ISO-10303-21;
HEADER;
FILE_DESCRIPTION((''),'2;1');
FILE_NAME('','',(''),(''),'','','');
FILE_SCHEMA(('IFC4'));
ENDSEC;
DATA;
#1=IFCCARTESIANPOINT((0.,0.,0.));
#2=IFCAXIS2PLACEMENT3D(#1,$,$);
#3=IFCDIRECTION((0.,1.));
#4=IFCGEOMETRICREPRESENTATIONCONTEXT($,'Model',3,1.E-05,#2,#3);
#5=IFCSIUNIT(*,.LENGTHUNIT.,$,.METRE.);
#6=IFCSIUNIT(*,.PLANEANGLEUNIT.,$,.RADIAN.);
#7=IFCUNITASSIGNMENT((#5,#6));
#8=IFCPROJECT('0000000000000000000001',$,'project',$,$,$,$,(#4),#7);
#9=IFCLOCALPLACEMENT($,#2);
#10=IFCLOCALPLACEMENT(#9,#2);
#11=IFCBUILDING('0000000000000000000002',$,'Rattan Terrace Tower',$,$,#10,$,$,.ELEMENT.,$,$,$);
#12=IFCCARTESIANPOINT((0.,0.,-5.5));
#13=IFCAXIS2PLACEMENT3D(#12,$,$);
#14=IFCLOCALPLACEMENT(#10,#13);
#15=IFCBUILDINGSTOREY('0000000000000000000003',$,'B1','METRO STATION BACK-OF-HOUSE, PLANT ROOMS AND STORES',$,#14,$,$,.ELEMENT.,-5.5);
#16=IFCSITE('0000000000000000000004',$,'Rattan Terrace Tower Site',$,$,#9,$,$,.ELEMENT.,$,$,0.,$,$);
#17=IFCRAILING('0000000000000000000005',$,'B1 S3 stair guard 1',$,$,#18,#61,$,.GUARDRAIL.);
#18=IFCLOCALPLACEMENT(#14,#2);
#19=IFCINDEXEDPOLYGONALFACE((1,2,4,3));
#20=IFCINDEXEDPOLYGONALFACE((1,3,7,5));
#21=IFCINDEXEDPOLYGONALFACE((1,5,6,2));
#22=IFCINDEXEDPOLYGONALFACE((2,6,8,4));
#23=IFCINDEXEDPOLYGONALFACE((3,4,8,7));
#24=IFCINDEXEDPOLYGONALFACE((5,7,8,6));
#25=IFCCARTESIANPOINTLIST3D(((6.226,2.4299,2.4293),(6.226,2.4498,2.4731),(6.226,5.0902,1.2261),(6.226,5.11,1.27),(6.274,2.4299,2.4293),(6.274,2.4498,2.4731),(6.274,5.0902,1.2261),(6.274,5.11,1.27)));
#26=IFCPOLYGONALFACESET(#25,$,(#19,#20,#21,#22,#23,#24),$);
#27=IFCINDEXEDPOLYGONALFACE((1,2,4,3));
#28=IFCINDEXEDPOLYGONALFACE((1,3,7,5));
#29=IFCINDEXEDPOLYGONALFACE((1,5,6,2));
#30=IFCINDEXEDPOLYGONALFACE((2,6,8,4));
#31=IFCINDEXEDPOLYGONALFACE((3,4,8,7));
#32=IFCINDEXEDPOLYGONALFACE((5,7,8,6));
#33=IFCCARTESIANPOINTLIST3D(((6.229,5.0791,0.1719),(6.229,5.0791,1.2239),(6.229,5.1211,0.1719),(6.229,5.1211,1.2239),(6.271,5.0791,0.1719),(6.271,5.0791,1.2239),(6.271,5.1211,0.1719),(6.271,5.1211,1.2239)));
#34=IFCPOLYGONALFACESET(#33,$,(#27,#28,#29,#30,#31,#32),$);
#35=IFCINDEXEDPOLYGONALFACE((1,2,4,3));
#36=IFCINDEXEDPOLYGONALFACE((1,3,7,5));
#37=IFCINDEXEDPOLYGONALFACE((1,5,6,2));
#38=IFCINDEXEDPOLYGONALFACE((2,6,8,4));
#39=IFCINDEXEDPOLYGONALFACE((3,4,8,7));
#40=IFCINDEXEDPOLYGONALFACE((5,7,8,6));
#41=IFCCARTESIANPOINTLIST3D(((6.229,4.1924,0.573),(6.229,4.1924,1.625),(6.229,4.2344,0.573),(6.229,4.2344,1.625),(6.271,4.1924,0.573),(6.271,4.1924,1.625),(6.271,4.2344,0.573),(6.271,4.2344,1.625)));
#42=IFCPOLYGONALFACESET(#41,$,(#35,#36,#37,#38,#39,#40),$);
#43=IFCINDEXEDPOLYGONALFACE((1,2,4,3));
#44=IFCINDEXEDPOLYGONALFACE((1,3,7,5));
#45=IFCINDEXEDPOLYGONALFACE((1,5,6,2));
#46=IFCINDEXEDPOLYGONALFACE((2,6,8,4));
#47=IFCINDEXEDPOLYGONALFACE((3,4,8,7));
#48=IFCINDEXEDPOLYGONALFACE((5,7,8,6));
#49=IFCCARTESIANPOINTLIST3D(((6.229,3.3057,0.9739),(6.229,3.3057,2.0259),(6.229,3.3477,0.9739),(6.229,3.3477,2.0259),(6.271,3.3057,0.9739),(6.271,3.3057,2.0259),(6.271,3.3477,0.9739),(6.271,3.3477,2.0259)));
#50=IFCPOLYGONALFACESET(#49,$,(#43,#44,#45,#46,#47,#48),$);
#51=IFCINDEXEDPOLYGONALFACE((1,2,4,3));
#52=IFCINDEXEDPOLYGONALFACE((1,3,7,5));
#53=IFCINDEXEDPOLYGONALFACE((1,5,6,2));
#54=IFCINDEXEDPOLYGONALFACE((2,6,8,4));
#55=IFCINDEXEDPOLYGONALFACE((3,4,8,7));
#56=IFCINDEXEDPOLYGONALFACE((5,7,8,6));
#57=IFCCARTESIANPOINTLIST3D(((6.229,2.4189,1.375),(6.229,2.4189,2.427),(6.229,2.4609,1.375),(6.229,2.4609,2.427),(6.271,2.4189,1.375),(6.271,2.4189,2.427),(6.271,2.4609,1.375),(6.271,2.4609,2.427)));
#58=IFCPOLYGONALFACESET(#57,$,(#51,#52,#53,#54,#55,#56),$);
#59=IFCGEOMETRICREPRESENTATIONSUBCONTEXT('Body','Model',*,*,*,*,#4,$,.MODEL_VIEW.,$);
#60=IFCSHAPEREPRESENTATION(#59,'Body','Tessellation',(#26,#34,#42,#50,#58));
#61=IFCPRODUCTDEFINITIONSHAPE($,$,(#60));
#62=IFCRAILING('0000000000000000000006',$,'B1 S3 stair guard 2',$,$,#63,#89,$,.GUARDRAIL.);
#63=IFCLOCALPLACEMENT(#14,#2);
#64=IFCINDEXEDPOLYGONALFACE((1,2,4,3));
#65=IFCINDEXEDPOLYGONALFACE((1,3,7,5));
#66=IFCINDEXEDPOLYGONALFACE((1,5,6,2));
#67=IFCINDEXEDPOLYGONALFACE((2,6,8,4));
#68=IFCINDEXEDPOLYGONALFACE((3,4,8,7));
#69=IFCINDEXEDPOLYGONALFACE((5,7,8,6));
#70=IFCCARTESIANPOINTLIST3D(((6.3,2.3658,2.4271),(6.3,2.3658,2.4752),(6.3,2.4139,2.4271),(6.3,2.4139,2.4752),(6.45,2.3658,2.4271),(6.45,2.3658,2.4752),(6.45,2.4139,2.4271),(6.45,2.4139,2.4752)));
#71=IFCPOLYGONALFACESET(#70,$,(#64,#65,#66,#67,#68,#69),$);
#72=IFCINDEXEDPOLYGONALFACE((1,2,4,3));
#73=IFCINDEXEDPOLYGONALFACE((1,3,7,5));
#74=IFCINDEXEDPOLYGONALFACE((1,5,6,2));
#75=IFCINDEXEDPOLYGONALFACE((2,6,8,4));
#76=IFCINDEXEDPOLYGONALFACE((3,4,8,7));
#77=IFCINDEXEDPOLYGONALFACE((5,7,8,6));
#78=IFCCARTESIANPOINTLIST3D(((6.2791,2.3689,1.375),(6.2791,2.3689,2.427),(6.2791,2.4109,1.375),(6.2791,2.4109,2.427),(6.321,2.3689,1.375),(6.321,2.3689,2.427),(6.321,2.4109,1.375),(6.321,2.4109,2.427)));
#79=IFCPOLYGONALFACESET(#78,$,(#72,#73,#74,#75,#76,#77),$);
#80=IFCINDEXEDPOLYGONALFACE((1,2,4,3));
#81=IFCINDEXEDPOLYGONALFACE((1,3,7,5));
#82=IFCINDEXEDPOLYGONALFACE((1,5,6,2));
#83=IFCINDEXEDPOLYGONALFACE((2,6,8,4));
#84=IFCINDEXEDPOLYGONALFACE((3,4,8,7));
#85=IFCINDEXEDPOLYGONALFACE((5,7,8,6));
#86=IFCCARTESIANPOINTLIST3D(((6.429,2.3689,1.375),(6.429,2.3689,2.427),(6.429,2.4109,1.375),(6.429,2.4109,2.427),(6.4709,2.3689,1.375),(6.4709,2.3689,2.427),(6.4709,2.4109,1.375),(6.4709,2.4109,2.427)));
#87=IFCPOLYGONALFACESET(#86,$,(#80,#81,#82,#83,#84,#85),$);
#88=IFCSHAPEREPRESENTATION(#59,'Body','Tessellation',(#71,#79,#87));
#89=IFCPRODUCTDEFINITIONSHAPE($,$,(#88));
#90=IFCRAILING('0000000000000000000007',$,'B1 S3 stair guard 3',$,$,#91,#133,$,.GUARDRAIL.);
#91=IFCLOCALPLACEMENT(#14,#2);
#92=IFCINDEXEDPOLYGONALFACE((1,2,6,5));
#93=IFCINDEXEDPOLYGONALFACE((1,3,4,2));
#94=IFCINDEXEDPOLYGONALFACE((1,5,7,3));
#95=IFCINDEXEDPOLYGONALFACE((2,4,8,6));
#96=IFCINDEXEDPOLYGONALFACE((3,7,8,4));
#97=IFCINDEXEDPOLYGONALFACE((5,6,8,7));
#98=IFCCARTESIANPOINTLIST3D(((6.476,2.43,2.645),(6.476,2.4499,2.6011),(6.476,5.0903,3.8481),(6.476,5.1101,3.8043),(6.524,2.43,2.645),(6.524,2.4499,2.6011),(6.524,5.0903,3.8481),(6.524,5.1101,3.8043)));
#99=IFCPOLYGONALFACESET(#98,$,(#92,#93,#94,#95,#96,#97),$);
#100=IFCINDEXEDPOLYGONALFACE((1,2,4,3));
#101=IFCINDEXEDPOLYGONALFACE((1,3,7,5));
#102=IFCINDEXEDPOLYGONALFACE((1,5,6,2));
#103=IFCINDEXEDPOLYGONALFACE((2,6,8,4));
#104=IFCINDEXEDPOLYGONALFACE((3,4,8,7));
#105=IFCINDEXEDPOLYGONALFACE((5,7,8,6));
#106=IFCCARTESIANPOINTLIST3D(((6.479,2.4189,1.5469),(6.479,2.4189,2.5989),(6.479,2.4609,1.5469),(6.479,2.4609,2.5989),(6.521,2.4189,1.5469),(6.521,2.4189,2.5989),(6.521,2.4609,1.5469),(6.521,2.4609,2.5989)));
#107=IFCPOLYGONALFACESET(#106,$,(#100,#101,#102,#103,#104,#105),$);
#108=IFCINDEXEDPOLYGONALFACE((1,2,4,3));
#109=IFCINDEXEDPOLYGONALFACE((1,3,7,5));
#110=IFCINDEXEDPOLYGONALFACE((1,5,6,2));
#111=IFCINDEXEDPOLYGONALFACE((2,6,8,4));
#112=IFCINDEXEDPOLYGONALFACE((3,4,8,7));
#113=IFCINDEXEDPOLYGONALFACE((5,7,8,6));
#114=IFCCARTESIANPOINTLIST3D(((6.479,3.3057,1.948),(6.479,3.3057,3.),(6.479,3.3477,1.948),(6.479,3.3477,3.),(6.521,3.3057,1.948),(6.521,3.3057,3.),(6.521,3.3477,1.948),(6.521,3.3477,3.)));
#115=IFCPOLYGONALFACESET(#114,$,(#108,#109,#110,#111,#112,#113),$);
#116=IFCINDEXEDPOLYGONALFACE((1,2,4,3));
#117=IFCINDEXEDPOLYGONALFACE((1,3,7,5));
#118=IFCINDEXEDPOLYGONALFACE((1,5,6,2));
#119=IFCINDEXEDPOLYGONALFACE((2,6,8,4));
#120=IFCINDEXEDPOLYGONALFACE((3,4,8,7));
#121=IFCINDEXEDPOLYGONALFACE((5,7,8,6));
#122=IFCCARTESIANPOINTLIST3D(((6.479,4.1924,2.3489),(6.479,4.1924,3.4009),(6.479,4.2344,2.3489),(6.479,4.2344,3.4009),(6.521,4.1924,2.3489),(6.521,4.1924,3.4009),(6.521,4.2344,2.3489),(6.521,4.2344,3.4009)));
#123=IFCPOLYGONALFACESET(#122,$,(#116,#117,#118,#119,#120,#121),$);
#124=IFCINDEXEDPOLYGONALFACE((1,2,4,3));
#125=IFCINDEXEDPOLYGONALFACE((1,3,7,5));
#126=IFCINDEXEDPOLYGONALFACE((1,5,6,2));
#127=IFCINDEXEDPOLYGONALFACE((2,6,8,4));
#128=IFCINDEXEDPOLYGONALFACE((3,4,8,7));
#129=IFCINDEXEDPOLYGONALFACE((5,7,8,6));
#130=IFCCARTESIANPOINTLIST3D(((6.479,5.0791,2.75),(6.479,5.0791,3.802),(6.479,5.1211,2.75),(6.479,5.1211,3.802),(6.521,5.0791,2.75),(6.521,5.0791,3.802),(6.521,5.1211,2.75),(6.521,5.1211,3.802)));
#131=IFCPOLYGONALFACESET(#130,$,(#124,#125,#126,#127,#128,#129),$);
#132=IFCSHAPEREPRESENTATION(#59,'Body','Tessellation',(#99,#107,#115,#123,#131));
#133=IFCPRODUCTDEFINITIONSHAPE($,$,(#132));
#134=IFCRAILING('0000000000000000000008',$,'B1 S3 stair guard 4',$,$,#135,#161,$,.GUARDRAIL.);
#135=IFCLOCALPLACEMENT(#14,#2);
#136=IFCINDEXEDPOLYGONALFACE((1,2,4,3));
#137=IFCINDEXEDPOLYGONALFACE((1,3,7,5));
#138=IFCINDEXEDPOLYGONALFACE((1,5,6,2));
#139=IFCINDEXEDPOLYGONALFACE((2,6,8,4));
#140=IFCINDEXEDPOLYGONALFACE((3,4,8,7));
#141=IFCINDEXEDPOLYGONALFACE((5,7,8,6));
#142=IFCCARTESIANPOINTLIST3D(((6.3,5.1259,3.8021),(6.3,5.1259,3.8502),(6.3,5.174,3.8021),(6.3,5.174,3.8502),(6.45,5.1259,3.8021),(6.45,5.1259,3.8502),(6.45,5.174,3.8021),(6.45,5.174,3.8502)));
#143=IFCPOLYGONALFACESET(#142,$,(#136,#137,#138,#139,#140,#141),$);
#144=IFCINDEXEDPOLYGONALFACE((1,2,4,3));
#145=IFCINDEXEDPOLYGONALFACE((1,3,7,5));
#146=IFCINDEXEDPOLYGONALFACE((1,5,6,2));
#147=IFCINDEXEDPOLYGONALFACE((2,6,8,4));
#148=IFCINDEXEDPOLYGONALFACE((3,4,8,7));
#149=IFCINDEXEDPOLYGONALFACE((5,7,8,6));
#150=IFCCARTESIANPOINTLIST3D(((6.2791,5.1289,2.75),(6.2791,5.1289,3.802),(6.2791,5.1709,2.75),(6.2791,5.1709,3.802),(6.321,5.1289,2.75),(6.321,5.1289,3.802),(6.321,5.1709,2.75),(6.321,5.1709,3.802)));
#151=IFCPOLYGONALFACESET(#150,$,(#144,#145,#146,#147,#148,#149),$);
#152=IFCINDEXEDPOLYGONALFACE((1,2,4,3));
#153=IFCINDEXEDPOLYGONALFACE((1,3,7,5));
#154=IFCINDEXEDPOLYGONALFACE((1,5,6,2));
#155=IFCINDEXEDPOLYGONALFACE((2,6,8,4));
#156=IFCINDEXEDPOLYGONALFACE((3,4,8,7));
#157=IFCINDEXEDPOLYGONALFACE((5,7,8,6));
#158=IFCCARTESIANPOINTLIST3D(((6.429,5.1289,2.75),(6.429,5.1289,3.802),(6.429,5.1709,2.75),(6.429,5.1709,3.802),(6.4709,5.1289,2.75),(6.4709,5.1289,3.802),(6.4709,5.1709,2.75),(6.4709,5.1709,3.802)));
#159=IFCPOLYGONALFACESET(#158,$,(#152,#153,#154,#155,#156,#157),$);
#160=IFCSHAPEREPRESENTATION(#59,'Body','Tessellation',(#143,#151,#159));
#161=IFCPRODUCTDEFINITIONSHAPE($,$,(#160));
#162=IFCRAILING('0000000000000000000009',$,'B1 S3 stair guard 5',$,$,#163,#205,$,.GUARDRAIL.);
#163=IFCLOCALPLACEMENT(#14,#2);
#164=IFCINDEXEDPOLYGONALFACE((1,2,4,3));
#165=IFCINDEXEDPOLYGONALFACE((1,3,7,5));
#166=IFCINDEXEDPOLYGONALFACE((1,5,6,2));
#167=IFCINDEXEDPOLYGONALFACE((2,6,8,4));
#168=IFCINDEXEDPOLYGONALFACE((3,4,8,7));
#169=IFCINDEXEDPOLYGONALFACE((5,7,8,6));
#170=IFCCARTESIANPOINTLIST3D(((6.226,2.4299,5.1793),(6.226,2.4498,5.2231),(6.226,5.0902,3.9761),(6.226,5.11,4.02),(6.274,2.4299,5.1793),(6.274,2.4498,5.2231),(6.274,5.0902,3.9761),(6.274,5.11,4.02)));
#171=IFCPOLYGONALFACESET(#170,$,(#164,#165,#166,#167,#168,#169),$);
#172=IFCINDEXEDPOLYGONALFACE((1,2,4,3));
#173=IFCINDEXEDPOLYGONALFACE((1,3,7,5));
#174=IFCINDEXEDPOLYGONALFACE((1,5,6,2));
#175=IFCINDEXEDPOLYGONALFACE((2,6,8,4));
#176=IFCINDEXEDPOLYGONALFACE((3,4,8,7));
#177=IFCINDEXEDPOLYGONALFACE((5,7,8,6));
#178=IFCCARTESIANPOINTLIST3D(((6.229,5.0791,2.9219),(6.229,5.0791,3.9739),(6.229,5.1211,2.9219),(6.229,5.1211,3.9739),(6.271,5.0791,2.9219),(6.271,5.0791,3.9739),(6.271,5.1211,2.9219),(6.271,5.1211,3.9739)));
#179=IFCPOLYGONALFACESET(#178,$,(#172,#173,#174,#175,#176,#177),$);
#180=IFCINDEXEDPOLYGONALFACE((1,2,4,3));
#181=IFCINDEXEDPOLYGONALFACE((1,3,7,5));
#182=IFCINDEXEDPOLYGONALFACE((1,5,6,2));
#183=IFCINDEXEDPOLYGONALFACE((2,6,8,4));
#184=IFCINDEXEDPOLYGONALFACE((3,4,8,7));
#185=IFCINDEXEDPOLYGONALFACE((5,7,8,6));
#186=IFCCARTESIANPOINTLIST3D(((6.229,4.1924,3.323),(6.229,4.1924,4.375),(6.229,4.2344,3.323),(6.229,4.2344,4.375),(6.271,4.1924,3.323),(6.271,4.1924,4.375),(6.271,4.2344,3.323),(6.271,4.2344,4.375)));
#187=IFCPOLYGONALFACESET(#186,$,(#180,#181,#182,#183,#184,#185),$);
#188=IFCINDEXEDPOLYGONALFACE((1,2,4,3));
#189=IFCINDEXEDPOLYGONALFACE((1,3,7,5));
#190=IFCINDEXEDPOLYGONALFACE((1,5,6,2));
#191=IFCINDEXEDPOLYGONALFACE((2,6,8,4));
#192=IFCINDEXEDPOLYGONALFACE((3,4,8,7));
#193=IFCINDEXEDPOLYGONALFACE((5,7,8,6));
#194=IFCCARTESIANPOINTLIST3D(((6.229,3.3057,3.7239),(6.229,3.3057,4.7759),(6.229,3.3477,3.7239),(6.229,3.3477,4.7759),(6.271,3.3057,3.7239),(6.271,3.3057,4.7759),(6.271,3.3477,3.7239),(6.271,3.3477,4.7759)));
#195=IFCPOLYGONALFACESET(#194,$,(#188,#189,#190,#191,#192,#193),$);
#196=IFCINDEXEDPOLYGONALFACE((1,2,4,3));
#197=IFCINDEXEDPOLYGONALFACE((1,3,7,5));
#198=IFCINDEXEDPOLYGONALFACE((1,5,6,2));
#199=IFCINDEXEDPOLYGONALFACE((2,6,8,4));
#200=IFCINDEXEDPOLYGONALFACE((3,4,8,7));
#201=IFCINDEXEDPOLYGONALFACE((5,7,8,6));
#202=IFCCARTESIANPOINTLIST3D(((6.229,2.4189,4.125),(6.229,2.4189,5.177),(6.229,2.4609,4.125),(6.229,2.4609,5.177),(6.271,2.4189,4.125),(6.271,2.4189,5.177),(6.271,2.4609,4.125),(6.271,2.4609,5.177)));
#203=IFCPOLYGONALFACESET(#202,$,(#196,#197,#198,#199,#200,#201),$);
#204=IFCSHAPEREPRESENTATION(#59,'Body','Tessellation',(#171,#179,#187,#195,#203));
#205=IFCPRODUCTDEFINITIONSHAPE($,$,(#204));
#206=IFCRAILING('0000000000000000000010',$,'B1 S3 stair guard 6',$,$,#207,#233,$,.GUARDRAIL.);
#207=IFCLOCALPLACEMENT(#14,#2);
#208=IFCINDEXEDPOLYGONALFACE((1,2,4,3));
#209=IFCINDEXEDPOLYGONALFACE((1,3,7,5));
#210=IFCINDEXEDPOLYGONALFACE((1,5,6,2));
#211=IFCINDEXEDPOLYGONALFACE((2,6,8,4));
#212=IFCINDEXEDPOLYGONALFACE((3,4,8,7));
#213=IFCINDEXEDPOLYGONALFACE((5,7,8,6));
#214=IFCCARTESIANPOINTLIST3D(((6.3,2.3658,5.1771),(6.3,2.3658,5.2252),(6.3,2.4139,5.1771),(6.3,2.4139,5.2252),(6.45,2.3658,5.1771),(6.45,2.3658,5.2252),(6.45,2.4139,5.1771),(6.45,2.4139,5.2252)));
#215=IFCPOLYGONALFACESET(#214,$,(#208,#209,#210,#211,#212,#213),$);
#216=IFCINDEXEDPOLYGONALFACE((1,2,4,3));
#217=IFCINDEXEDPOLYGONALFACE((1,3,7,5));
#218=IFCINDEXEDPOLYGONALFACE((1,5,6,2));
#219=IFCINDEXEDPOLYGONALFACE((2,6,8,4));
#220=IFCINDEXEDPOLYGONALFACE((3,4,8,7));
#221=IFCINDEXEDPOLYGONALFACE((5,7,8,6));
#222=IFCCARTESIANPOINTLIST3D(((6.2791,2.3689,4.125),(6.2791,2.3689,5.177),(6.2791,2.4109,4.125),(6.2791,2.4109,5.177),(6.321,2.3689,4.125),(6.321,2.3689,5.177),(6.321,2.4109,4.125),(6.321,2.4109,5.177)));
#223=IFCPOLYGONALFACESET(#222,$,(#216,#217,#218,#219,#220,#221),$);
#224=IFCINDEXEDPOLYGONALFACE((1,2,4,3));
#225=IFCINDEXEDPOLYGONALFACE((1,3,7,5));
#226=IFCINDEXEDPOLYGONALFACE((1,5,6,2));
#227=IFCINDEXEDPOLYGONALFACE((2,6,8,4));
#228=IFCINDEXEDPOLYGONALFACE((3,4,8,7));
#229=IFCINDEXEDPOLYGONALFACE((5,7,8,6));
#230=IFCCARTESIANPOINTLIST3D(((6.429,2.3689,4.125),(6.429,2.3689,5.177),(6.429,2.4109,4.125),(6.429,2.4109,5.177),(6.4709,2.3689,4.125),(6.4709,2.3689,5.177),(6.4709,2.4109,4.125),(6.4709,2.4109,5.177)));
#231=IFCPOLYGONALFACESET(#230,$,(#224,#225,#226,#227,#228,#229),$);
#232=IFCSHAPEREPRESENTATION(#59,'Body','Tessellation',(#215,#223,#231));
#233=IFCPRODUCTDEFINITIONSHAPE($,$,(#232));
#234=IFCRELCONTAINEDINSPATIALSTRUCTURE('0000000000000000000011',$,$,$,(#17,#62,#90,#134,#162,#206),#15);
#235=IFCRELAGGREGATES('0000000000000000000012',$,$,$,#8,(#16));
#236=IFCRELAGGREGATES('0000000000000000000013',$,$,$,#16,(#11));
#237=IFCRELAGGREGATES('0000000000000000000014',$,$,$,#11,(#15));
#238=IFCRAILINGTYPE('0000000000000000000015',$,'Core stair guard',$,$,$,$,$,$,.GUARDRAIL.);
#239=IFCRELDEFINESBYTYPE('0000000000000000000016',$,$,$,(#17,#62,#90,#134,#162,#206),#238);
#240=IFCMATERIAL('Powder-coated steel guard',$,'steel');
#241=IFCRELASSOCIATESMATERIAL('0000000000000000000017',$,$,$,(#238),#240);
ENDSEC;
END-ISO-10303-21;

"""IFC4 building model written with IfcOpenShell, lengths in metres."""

from ifc_helpers import new_model, si_unit, direction, frame, origin, origin_2d, place, context, subcontext, project, spatial, rectangle, extrude, material, type_object, element, save


model = new_model("IFC4")

# Units and contexts
model_context = context("Model", 3, precision=1e-05, world=origin(), true_north=direction((0.0, 1.0)))
body_context = subcontext(model_context, "Body", "Model", "MODEL_VIEW")
ifc_project = project(units=[si_unit("LENGTHUNIT", "METRE"), si_unit("PLANEANGLEUNIT", "RADIAN")], contexts=[model_context])

# Site, building, storey
site_placement = place(None, origin())
site = spatial("IfcSite", under=ifc_project, at=site_placement, Name="Rattan Terrace Tower Site", CompositionType="ELEMENT", RefElevation=0.0)
building_placement = place(site_placement, origin())
building = spatial("IfcBuilding", under=site, at=building_placement, Name="Rattan Terrace Tower", CompositionType="ELEMENT")
storey_placement = place(building_placement, frame((0.0, 0.0, -5.5)))
storey = spatial("IfcBuildingStorey", under=building, at=storey_placement, Name="B1", Description="METRO STATION BACK-OF-HOUSE, PLANT ROOMS AND STORES", CompositionType="ELEMENT", Elevation=-5.5)

# Railings
ifc_material_1 = material(Name="Powder-coated steel guard", Category="steel")
railing_type_1 = type_object("IfcRailingType", Name="Core stair guard", PredefinedType="GUARDRAIL", material=ifc_material_1)
railing_1_placement = place(storey_placement, frame((6.25, 5.1001, 0.1719)))
element("IfcRailing", 1, at=railing_1_placement, inside=storey, type_object=railing_type_1, Name="B1 S3 stair guard 1", PredefinedType="GUARDRAIL", context=body_context, shape_type="SweptSolid", body=[
    extrude(rectangle(XDim=0.0481, YDim=0.0481, at=origin_2d()), frame((0.0, 0.0, 1.0762), z_axis=(0.0, -0.911144, 0.412089), x_axis=(1.0, 0.0, 0.0)), (0.0, 0.0, 1.0), 2.9197),
    extrude(rectangle(XDim=0.042, YDim=0.042, at=origin_2d()), origin(), (0.0, 0.0, 1.0), 1.052),
    extrude(rectangle(XDim=0.042, YDim=0.042, at=origin_2d()), frame((0.0, -0.8867, 0.4011)), (0.0, 0.0, 1.0), 1.052),
    extrude(rectangle(XDim=0.042, YDim=0.042, at=origin_2d()), frame((0.0, -1.7734, 0.802)), (0.0, 0.0, 1.0), 1.052),
    extrude(rectangle(XDim=0.042, YDim=0.042, at=origin_2d()), frame((0.0, -2.6602, 1.2031)), (0.0, 0.0, 1.0), 1.052),
])
railing_2_placement = place(storey_placement, frame((6.3, 2.3899, 1.375)))
element("IfcRailing", 2, at=railing_2_placement, inside=storey, type_object=railing_type_1, Name="B1 S3 stair guard 2", PredefinedType="GUARDRAIL", context=body_context, shape_type="SweptSolid", body=[
    extrude(rectangle(XDim=0.0481, YDim=0.0481, at=origin_2d()), frame((0.0, 0.0, 1.0762), z_axis=(1.0, 0.0, 0.0), x_axis=(0.0, 1.0, 0.0)), (0.0, 0.0, 1.0), 0.1499),
    extrude(rectangle(XDim=0.042, YDim=0.042, at=origin_2d()), origin(), (0.0, 0.0, 1.0), 1.052),
    extrude(rectangle(XDim=0.042, YDim=0.042, at=origin_2d()), frame((0.1499, 0.0, 0.0)), (0.0, 0.0, 1.0), 1.052),
])
railing_3_placement = place(storey_placement, frame((6.5, 2.4399, 1.5469)))
element("IfcRailing", 3, at=railing_3_placement, inside=storey, type_object=railing_type_1, Name="B1 S3 stair guard 3", PredefinedType="GUARDRAIL", context=body_context, shape_type="SweptSolid", body=[
    extrude(rectangle(XDim=0.0481, YDim=0.0481, at=origin_2d()), frame((0.0, 0.0, 1.0762), z_axis=(0.0, 0.911144, 0.412089), x_axis=(-1.0, 0.0, 0.0)), (0.0, 0.0, 1.0), 2.9197),
    extrude(rectangle(XDim=0.042, YDim=0.042, at=origin_2d()), origin(), (0.0, 0.0, 1.0), 1.052),
    extrude(rectangle(XDim=0.042, YDim=0.042, at=origin_2d()), frame((0.0, 0.8867, 0.4011)), (0.0, 0.0, 1.0), 1.052),
    extrude(rectangle(XDim=0.042, YDim=0.042, at=origin_2d()), frame((0.0, 1.7734, 0.802)), (0.0, 0.0, 1.0), 1.052),
    extrude(rectangle(XDim=0.042, YDim=0.042, at=origin_2d()), frame((0.0, 2.6602, 1.2031)), (0.0, 0.0, 1.0), 1.052),
])
railing_4_placement = place(storey_placement, frame((6.3, 5.1499, 2.75)))
element("IfcRailing", 4, at=railing_4_placement, inside=storey, type_object=railing_type_1, Name="B1 S3 stair guard 4", PredefinedType="GUARDRAIL", context=body_context, shape_type="SweptSolid", body=[
    extrude(rectangle(XDim=0.0481, YDim=0.0481, at=origin_2d()), frame((0.0, 0.0, 1.0762), z_axis=(1.0, 0.0, 0.0), x_axis=(0.0, 1.0, 0.0)), (0.0, 0.0, 1.0), 0.1499),
    extrude(rectangle(XDim=0.042, YDim=0.042, at=origin_2d()), origin(), (0.0, 0.0, 1.0), 1.052),
    extrude(rectangle(XDim=0.042, YDim=0.042, at=origin_2d()), frame((0.1499, 0.0, 0.0)), (0.0, 0.0, 1.0), 1.052),
])
railing_5_placement = place(storey_placement, frame((6.25, 5.1001, 2.9219)))
element("IfcRailing", 5, at=railing_5_placement, inside=storey, type_object=railing_type_1, Name="B1 S3 stair guard 5", PredefinedType="GUARDRAIL", context=body_context, shape_type="SweptSolid", body=[
    extrude(rectangle(XDim=0.0481, YDim=0.0481, at=origin_2d()), frame((0.0, 0.0, 1.0762), z_axis=(0.0, -0.911144, 0.412089), x_axis=(1.0, 0.0, 0.0)), (0.0, 0.0, 1.0), 2.9197),
    extrude(rectangle(XDim=0.042, YDim=0.042, at=origin_2d()), origin(), (0.0, 0.0, 1.0), 1.052),
    extrude(rectangle(XDim=0.042, YDim=0.042, at=origin_2d()), frame((0.0, -0.8867, 0.4011)), (0.0, 0.0, 1.0), 1.052),
    extrude(rectangle(XDim=0.042, YDim=0.042, at=origin_2d()), frame((0.0, -1.7734, 0.802)), (0.0, 0.0, 1.0), 1.052),
    extrude(rectangle(XDim=0.042, YDim=0.042, at=origin_2d()), frame((0.0, -2.6602, 1.2031)), (0.0, 0.0, 1.0), 1.052),
])
railing_6_placement = place(storey_placement, frame((6.3, 2.3899, 4.125)))
element("IfcRailing", 6, at=railing_6_placement, inside=storey, type_object=railing_type_1, Name="B1 S3 stair guard 6", PredefinedType="GUARDRAIL", context=body_context, shape_type="SweptSolid", body=[
    extrude(rectangle(XDim=0.0481, YDim=0.0481, at=origin_2d()), frame((0.0, 0.0, 1.0762), z_axis=(1.0, 0.0, 0.0), x_axis=(0.0, 1.0, 0.0)), (0.0, 0.0, 1.0), 0.1499),
    extrude(rectangle(XDim=0.042, YDim=0.042, at=origin_2d()), origin(), (0.0, 0.0, 1.0), 1.052),
    extrude(rectangle(XDim=0.042, YDim=0.042, at=origin_2d()), frame((0.1499, 0.0, 0.0)), (0.0, 0.0, 1.0), 1.052),
])

save(model, "model.ifc")
